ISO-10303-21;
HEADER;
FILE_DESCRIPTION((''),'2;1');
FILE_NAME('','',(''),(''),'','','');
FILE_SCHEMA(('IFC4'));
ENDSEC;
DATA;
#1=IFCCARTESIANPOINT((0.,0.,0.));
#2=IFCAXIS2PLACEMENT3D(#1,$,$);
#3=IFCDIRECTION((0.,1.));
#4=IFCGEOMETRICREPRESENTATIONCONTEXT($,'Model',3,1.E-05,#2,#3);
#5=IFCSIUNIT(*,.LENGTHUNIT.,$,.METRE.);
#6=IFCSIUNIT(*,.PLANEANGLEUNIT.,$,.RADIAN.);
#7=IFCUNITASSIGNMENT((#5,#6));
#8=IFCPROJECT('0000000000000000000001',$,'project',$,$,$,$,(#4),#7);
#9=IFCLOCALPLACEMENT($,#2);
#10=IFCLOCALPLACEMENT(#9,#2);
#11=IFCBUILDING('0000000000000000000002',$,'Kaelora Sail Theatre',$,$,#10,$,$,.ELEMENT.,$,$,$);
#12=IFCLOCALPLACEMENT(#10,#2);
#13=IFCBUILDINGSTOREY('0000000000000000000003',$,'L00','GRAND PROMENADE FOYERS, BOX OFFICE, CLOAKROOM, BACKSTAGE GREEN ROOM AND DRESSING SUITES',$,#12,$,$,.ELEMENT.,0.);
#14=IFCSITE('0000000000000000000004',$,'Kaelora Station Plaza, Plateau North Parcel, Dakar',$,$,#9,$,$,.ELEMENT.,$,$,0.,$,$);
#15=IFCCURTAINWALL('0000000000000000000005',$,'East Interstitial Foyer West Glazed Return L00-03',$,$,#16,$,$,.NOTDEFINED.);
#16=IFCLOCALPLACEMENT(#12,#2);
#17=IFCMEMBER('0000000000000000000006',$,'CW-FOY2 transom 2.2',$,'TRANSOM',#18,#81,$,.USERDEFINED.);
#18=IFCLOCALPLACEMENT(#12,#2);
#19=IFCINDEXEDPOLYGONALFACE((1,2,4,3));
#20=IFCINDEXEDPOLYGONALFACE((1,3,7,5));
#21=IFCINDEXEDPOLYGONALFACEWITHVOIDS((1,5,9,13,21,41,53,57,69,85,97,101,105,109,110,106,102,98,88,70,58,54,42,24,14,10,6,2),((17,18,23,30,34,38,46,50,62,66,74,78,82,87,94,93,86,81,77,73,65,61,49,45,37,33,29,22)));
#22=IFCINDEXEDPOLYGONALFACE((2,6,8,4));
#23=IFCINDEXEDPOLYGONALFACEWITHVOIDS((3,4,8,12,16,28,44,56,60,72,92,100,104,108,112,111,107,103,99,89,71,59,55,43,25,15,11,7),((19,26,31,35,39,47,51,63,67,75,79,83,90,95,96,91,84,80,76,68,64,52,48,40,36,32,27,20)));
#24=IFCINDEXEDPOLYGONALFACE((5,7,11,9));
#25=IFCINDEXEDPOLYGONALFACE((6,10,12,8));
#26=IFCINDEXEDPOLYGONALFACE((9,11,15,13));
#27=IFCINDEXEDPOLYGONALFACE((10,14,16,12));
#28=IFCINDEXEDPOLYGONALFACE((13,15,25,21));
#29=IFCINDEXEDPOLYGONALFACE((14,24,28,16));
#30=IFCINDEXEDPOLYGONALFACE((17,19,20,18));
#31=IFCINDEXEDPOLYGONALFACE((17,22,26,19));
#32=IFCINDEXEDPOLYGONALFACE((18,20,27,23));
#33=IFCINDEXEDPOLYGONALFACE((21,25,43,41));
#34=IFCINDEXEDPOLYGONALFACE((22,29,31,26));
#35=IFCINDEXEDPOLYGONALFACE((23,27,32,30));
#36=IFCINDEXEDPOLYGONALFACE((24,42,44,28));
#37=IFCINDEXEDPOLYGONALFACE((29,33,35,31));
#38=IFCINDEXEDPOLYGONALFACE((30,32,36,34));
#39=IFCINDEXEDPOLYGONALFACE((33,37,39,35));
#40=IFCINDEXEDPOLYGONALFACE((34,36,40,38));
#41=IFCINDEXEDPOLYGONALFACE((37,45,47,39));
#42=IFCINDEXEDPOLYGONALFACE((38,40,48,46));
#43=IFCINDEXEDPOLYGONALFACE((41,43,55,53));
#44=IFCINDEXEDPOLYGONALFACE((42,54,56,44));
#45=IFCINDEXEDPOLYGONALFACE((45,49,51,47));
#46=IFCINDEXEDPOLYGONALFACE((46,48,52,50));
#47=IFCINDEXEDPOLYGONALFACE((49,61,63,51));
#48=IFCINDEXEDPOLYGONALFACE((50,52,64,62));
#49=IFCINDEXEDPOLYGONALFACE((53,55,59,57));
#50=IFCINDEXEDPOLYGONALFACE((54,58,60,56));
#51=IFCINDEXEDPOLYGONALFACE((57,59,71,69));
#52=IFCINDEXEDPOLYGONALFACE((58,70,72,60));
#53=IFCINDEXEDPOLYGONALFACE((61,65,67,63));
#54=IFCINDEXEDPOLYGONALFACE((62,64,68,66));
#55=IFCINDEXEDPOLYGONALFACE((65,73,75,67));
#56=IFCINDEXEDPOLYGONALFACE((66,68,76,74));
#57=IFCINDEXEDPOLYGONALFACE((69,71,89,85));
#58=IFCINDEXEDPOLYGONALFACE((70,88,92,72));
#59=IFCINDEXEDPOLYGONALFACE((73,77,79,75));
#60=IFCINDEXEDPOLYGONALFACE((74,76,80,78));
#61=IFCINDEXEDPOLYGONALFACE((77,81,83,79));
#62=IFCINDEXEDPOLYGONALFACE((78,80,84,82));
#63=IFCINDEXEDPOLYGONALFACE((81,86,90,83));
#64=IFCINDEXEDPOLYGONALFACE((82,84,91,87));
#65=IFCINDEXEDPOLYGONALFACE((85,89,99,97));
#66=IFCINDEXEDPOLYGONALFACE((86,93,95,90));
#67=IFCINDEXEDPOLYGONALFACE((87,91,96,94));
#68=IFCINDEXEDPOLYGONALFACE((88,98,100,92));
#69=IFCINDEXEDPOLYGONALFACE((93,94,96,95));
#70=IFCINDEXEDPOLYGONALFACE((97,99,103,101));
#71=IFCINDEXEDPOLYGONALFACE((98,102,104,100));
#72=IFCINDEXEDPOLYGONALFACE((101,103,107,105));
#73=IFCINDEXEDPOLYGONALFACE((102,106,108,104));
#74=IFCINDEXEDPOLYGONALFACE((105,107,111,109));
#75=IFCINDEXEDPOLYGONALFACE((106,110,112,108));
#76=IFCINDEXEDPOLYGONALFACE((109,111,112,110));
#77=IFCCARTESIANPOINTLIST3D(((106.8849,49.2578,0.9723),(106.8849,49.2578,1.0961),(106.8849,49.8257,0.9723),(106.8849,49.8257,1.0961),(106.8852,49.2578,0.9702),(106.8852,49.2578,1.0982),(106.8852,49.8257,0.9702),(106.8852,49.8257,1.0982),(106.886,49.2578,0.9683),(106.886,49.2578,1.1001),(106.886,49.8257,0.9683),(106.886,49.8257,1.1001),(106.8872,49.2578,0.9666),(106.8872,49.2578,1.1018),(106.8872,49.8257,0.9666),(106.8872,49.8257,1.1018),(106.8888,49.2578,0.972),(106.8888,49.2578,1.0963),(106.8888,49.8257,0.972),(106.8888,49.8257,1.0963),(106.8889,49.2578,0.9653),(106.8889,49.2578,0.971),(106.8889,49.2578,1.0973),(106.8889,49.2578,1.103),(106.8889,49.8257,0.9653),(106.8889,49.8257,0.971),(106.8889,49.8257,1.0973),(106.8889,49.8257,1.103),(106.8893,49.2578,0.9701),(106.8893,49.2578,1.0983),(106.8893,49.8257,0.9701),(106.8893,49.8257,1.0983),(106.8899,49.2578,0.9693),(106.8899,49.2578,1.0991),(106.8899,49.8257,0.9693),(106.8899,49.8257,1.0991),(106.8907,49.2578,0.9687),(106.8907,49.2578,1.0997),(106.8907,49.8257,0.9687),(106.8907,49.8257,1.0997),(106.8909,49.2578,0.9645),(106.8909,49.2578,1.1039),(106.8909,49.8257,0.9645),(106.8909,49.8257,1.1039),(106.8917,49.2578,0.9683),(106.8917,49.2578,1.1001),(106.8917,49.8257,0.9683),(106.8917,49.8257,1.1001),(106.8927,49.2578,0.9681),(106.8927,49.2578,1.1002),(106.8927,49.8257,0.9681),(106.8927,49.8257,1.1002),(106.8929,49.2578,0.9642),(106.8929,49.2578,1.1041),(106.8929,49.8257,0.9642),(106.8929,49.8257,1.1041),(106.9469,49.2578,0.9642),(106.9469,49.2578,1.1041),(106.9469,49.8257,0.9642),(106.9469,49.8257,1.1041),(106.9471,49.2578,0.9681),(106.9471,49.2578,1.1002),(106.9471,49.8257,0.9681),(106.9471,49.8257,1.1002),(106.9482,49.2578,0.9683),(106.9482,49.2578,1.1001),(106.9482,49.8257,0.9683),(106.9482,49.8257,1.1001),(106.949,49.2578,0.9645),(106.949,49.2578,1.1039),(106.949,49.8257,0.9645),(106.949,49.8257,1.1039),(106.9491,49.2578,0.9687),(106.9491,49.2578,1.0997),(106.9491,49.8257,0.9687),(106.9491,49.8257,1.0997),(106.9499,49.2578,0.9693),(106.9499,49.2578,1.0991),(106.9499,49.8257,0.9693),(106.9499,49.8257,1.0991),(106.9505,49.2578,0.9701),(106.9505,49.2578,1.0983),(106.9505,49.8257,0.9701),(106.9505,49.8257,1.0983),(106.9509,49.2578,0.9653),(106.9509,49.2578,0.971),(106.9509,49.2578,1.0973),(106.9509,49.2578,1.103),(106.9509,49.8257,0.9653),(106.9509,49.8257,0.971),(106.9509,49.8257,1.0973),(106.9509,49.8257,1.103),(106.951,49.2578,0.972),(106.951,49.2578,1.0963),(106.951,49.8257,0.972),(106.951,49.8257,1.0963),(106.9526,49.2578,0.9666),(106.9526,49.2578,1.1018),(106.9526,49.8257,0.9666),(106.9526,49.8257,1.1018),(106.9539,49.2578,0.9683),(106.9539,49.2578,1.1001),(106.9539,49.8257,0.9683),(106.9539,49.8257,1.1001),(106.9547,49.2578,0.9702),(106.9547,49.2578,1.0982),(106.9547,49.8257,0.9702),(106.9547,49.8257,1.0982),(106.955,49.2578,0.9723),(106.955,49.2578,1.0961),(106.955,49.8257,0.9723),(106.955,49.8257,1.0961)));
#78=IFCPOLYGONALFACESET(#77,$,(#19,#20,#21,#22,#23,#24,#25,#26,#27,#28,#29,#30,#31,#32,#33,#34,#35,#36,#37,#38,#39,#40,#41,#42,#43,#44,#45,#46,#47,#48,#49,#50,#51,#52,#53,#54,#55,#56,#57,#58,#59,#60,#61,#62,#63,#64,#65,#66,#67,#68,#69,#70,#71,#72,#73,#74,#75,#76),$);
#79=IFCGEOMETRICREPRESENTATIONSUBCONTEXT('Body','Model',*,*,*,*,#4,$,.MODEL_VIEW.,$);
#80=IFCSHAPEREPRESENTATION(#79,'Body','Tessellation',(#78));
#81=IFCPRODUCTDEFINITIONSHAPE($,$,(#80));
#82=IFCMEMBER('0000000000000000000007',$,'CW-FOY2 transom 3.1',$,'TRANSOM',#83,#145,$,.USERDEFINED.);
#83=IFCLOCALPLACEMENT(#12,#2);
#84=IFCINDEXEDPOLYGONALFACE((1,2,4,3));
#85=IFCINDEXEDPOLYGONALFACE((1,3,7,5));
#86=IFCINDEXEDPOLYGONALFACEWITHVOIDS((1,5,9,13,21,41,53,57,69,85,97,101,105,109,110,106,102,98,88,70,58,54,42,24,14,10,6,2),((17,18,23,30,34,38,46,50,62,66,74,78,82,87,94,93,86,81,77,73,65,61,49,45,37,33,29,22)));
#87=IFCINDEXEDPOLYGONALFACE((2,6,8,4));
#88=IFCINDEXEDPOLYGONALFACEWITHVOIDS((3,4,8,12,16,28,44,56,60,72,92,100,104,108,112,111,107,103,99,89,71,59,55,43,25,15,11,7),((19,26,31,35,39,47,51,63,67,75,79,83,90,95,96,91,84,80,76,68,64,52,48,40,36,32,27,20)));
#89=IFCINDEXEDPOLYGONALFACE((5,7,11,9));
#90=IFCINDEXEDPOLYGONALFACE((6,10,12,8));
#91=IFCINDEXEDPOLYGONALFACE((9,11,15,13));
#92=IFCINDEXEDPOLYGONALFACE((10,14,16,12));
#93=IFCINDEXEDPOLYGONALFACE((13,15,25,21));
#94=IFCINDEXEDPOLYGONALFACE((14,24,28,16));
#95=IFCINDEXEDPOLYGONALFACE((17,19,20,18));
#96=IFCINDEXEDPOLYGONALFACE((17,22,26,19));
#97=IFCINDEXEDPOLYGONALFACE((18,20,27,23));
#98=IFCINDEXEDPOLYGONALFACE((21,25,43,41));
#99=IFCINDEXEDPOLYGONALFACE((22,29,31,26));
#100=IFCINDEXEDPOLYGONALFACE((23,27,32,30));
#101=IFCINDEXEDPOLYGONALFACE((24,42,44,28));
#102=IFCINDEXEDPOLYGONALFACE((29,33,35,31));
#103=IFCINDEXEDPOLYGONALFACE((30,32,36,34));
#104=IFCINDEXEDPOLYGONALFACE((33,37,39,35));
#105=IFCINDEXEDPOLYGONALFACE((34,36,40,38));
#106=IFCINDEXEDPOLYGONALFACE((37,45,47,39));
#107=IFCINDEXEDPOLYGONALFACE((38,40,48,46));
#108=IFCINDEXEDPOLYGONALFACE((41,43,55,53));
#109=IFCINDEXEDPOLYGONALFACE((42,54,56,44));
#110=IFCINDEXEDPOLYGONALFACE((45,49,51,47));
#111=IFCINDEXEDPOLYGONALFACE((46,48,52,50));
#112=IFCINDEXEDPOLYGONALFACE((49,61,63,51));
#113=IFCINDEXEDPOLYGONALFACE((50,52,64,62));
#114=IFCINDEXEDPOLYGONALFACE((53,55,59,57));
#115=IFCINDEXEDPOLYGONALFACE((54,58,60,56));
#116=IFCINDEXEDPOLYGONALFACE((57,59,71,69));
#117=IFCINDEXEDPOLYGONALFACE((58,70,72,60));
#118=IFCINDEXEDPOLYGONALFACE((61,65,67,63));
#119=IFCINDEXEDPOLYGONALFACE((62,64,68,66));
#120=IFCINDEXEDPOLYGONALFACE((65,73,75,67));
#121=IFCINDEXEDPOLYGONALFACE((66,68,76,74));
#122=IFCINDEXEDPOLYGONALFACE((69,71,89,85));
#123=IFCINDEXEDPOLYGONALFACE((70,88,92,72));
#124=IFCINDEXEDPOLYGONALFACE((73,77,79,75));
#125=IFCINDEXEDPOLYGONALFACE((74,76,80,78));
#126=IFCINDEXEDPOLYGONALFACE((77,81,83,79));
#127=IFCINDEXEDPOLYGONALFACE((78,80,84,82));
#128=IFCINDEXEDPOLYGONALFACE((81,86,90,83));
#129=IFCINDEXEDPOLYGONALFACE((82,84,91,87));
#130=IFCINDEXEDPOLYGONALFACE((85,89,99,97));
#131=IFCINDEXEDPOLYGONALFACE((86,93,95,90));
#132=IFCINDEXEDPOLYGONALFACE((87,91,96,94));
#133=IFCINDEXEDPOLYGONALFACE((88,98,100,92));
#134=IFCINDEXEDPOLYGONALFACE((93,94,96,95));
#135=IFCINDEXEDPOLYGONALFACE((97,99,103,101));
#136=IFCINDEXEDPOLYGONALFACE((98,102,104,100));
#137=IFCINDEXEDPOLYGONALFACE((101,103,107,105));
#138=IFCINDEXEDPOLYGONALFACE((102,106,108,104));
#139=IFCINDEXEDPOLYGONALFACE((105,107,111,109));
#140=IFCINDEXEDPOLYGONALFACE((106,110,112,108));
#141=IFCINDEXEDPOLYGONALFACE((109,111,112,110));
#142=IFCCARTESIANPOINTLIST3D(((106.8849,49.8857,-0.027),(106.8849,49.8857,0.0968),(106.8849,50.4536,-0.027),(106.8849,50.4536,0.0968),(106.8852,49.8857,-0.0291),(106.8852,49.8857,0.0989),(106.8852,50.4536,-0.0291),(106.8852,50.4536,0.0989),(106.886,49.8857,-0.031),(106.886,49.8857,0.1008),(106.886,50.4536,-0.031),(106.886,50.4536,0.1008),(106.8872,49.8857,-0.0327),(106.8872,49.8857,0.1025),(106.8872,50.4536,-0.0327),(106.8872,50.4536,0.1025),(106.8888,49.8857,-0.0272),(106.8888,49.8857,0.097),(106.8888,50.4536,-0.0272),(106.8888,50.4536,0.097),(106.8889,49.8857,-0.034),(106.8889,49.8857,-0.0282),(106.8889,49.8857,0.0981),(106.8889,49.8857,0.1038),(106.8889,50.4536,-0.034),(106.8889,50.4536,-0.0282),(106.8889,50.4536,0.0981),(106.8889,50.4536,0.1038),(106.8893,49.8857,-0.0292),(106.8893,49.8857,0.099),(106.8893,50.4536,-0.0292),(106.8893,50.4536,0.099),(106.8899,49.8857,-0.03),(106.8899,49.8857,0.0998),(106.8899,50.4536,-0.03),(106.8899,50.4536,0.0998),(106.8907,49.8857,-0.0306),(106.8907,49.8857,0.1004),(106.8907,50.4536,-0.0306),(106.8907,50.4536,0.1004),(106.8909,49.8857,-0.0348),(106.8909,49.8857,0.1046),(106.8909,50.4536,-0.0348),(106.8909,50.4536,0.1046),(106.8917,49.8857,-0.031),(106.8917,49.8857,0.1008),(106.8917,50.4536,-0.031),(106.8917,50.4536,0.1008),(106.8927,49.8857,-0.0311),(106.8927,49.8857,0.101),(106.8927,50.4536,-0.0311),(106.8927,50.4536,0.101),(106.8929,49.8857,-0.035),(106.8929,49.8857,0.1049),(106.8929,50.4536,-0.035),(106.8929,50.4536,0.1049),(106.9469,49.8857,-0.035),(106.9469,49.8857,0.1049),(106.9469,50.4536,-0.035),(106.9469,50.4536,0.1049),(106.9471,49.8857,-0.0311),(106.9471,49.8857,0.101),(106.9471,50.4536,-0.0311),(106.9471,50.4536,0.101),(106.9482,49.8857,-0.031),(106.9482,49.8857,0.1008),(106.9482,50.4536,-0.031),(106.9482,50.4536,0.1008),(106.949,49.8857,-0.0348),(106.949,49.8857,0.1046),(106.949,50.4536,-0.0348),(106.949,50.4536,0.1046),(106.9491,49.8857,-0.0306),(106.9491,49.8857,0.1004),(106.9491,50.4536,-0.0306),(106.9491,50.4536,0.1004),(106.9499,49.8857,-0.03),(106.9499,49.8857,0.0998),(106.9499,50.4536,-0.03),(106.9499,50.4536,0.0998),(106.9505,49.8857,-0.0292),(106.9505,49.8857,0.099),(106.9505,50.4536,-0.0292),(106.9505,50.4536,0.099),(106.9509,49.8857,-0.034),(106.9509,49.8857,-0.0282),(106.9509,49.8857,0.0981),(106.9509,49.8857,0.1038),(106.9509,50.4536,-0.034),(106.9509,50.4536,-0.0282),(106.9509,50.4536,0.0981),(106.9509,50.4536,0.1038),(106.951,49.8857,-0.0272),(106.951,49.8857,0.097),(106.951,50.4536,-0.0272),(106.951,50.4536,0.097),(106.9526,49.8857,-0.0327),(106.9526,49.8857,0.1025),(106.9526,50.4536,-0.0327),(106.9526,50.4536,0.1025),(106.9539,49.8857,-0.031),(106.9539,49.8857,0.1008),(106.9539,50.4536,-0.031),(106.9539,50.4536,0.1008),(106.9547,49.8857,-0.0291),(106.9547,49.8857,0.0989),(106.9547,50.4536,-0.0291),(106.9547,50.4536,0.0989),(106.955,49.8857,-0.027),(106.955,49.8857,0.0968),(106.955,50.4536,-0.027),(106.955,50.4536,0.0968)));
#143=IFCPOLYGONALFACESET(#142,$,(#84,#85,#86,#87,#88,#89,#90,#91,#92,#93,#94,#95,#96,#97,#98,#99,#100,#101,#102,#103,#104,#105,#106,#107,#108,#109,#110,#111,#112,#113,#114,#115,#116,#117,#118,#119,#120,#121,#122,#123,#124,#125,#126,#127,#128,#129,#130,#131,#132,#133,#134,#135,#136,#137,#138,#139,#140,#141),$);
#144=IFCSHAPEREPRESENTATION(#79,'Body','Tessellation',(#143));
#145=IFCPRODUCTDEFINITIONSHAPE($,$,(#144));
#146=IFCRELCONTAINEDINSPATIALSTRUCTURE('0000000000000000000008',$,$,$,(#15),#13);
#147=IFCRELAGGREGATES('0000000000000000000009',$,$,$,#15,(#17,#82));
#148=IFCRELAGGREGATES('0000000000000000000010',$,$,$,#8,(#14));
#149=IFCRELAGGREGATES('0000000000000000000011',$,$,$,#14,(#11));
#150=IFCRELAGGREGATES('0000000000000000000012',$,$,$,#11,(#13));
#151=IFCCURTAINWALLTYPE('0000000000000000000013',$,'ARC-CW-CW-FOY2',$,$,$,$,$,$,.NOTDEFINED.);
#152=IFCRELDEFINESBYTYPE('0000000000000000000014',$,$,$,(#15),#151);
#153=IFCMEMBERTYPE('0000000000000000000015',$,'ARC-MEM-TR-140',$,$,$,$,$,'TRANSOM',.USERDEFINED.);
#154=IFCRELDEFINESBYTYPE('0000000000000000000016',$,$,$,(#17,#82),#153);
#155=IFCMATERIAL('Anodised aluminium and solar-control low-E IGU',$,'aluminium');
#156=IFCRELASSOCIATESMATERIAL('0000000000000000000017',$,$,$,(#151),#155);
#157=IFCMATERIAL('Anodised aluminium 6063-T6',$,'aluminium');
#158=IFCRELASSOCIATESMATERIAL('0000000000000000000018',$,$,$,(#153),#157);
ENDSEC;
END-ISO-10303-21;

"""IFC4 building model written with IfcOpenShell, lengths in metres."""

from ifc_helpers import new_model, si_unit, direction, frame, origin, origin_2d, place, context, subcontext, project, spatial, hollow_rectangle, extrude, material, material_profile, profile_set, type_object, element, aggregate, save


model = new_model("IFC4")

# Units and contexts
model_context = context("Model", 3, precision=1e-05, world=origin(), true_north=direction((0.0, 1.0)))
body_context = subcontext(model_context, "Body", "Model", "MODEL_VIEW")
ifc_project = project(units=[si_unit("LENGTHUNIT", "METRE"), si_unit("PLANEANGLEUNIT", "RADIAN")], contexts=[model_context])

# Site, building, storey
site_placement = place(None, origin())
site = spatial("IfcSite", under=ifc_project, at=site_placement, Name="Kaelora Station Plaza, Plateau North Parcel, Dakar", CompositionType="ELEMENT", RefElevation=0.0)
building_placement = place(site_placement, origin())
building = spatial("IfcBuilding", under=site, at=building_placement, Name="Kaelora Sail Theatre", CompositionType="ELEMENT")
storey_placement = place(building_placement, origin())
storey = spatial("IfcBuildingStorey", under=building, at=storey_placement, Name="L00", Description="GRAND PROMENADE FOYERS, BOX OFFICE, CLOAKROOM, BACKSTAGE GREEN ROOM AND DRESSING SUITES", CompositionType="ELEMENT", Elevation=0.0)

# Shared definitions
ifc_material_1 = material(Name="Anodised aluminium and solar-control low-E IGU", Category="aluminium")
curtain_wall_type = type_object("IfcCurtainWallType", Name="ARC-CW-CW-FOY2", PredefinedType="NOTDEFINED", material=ifc_material_1)

# Curtain wall, members
curtain_wall_1_placement = place(storey_placement, origin())
curtain_wall_1 = element("IfcCurtainWall", 1, at=curtain_wall_1_placement, inside=storey, type_object=curtain_wall_type, Name="East Interstitial Foyer West Glazed Return L00-03", PredefinedType="NOTDEFINED")
ifc_material_2 = material(Name="Anodised aluminium 6063-T6", Category="aluminium")
ifc_material_profile_1 = material_profile(ifc_material_2, hollow_rectangle(XDim=0.0701, YDim=0.1399, WallThickness=0.0039, InnerFilletRadius=0.0039, OuterFilletRadius=0.0081, at=origin_2d()), Name="ALU-TRAN 70x140x4")
ifc_profile_set_1 = profile_set([ifc_material_profile_1], Name="Anodised aluminium 6063-T6")
member_type_1 = type_object("IfcMemberType", Name="ARC-MEM-TR-140", ElementType="TRANSOM", PredefinedType="USERDEFINED", material=ifc_profile_set_1)
member_1_placement = place(storey_placement, frame((106.9199, 49.2578, 1.0342), z_axis=(0.0, 1.0, 0.0), x_axis=(-1.0, 0.0, 0.0)))
member_1 = element("IfcMember", 2, at=member_1_placement, type_object=member_type_1, Name="CW-FOY2 transom 2.2", ObjectType="TRANSOM", PredefinedType="USERDEFINED", context=body_context, shape_type="SweptSolid", body=[
    extrude(hollow_rectangle(XDim=0.0701, YDim=0.1399, WallThickness=0.0039, InnerFilletRadius=0.0039, OuterFilletRadius=0.0081, at=origin_2d()), origin(), (0.0, 0.0, 1.0), 0.5679),
])
member_2_placement = place(storey_placement, frame((106.9199, 49.8857, 0.0349), z_axis=(0.0, 1.0, 0.0), x_axis=(-1.0, 0.0, 0.0)))
member_2 = element("IfcMember", 3, at=member_2_placement, type_object=member_type_1, Name="CW-FOY2 transom 3.1", ObjectType="TRANSOM", PredefinedType="USERDEFINED", context=body_context, shape_type="SweptSolid", body=[
    extrude(hollow_rectangle(XDim=0.0701, YDim=0.1399, WallThickness=0.0039, InnerFilletRadius=0.0039, OuterFilletRadius=0.0081, at=origin_2d()), origin(), (0.0, 0.0, 1.0), 0.5679),
])

aggregate(curtain_wall_1, [member_1, member_2])

save(model, "model.ifc")
